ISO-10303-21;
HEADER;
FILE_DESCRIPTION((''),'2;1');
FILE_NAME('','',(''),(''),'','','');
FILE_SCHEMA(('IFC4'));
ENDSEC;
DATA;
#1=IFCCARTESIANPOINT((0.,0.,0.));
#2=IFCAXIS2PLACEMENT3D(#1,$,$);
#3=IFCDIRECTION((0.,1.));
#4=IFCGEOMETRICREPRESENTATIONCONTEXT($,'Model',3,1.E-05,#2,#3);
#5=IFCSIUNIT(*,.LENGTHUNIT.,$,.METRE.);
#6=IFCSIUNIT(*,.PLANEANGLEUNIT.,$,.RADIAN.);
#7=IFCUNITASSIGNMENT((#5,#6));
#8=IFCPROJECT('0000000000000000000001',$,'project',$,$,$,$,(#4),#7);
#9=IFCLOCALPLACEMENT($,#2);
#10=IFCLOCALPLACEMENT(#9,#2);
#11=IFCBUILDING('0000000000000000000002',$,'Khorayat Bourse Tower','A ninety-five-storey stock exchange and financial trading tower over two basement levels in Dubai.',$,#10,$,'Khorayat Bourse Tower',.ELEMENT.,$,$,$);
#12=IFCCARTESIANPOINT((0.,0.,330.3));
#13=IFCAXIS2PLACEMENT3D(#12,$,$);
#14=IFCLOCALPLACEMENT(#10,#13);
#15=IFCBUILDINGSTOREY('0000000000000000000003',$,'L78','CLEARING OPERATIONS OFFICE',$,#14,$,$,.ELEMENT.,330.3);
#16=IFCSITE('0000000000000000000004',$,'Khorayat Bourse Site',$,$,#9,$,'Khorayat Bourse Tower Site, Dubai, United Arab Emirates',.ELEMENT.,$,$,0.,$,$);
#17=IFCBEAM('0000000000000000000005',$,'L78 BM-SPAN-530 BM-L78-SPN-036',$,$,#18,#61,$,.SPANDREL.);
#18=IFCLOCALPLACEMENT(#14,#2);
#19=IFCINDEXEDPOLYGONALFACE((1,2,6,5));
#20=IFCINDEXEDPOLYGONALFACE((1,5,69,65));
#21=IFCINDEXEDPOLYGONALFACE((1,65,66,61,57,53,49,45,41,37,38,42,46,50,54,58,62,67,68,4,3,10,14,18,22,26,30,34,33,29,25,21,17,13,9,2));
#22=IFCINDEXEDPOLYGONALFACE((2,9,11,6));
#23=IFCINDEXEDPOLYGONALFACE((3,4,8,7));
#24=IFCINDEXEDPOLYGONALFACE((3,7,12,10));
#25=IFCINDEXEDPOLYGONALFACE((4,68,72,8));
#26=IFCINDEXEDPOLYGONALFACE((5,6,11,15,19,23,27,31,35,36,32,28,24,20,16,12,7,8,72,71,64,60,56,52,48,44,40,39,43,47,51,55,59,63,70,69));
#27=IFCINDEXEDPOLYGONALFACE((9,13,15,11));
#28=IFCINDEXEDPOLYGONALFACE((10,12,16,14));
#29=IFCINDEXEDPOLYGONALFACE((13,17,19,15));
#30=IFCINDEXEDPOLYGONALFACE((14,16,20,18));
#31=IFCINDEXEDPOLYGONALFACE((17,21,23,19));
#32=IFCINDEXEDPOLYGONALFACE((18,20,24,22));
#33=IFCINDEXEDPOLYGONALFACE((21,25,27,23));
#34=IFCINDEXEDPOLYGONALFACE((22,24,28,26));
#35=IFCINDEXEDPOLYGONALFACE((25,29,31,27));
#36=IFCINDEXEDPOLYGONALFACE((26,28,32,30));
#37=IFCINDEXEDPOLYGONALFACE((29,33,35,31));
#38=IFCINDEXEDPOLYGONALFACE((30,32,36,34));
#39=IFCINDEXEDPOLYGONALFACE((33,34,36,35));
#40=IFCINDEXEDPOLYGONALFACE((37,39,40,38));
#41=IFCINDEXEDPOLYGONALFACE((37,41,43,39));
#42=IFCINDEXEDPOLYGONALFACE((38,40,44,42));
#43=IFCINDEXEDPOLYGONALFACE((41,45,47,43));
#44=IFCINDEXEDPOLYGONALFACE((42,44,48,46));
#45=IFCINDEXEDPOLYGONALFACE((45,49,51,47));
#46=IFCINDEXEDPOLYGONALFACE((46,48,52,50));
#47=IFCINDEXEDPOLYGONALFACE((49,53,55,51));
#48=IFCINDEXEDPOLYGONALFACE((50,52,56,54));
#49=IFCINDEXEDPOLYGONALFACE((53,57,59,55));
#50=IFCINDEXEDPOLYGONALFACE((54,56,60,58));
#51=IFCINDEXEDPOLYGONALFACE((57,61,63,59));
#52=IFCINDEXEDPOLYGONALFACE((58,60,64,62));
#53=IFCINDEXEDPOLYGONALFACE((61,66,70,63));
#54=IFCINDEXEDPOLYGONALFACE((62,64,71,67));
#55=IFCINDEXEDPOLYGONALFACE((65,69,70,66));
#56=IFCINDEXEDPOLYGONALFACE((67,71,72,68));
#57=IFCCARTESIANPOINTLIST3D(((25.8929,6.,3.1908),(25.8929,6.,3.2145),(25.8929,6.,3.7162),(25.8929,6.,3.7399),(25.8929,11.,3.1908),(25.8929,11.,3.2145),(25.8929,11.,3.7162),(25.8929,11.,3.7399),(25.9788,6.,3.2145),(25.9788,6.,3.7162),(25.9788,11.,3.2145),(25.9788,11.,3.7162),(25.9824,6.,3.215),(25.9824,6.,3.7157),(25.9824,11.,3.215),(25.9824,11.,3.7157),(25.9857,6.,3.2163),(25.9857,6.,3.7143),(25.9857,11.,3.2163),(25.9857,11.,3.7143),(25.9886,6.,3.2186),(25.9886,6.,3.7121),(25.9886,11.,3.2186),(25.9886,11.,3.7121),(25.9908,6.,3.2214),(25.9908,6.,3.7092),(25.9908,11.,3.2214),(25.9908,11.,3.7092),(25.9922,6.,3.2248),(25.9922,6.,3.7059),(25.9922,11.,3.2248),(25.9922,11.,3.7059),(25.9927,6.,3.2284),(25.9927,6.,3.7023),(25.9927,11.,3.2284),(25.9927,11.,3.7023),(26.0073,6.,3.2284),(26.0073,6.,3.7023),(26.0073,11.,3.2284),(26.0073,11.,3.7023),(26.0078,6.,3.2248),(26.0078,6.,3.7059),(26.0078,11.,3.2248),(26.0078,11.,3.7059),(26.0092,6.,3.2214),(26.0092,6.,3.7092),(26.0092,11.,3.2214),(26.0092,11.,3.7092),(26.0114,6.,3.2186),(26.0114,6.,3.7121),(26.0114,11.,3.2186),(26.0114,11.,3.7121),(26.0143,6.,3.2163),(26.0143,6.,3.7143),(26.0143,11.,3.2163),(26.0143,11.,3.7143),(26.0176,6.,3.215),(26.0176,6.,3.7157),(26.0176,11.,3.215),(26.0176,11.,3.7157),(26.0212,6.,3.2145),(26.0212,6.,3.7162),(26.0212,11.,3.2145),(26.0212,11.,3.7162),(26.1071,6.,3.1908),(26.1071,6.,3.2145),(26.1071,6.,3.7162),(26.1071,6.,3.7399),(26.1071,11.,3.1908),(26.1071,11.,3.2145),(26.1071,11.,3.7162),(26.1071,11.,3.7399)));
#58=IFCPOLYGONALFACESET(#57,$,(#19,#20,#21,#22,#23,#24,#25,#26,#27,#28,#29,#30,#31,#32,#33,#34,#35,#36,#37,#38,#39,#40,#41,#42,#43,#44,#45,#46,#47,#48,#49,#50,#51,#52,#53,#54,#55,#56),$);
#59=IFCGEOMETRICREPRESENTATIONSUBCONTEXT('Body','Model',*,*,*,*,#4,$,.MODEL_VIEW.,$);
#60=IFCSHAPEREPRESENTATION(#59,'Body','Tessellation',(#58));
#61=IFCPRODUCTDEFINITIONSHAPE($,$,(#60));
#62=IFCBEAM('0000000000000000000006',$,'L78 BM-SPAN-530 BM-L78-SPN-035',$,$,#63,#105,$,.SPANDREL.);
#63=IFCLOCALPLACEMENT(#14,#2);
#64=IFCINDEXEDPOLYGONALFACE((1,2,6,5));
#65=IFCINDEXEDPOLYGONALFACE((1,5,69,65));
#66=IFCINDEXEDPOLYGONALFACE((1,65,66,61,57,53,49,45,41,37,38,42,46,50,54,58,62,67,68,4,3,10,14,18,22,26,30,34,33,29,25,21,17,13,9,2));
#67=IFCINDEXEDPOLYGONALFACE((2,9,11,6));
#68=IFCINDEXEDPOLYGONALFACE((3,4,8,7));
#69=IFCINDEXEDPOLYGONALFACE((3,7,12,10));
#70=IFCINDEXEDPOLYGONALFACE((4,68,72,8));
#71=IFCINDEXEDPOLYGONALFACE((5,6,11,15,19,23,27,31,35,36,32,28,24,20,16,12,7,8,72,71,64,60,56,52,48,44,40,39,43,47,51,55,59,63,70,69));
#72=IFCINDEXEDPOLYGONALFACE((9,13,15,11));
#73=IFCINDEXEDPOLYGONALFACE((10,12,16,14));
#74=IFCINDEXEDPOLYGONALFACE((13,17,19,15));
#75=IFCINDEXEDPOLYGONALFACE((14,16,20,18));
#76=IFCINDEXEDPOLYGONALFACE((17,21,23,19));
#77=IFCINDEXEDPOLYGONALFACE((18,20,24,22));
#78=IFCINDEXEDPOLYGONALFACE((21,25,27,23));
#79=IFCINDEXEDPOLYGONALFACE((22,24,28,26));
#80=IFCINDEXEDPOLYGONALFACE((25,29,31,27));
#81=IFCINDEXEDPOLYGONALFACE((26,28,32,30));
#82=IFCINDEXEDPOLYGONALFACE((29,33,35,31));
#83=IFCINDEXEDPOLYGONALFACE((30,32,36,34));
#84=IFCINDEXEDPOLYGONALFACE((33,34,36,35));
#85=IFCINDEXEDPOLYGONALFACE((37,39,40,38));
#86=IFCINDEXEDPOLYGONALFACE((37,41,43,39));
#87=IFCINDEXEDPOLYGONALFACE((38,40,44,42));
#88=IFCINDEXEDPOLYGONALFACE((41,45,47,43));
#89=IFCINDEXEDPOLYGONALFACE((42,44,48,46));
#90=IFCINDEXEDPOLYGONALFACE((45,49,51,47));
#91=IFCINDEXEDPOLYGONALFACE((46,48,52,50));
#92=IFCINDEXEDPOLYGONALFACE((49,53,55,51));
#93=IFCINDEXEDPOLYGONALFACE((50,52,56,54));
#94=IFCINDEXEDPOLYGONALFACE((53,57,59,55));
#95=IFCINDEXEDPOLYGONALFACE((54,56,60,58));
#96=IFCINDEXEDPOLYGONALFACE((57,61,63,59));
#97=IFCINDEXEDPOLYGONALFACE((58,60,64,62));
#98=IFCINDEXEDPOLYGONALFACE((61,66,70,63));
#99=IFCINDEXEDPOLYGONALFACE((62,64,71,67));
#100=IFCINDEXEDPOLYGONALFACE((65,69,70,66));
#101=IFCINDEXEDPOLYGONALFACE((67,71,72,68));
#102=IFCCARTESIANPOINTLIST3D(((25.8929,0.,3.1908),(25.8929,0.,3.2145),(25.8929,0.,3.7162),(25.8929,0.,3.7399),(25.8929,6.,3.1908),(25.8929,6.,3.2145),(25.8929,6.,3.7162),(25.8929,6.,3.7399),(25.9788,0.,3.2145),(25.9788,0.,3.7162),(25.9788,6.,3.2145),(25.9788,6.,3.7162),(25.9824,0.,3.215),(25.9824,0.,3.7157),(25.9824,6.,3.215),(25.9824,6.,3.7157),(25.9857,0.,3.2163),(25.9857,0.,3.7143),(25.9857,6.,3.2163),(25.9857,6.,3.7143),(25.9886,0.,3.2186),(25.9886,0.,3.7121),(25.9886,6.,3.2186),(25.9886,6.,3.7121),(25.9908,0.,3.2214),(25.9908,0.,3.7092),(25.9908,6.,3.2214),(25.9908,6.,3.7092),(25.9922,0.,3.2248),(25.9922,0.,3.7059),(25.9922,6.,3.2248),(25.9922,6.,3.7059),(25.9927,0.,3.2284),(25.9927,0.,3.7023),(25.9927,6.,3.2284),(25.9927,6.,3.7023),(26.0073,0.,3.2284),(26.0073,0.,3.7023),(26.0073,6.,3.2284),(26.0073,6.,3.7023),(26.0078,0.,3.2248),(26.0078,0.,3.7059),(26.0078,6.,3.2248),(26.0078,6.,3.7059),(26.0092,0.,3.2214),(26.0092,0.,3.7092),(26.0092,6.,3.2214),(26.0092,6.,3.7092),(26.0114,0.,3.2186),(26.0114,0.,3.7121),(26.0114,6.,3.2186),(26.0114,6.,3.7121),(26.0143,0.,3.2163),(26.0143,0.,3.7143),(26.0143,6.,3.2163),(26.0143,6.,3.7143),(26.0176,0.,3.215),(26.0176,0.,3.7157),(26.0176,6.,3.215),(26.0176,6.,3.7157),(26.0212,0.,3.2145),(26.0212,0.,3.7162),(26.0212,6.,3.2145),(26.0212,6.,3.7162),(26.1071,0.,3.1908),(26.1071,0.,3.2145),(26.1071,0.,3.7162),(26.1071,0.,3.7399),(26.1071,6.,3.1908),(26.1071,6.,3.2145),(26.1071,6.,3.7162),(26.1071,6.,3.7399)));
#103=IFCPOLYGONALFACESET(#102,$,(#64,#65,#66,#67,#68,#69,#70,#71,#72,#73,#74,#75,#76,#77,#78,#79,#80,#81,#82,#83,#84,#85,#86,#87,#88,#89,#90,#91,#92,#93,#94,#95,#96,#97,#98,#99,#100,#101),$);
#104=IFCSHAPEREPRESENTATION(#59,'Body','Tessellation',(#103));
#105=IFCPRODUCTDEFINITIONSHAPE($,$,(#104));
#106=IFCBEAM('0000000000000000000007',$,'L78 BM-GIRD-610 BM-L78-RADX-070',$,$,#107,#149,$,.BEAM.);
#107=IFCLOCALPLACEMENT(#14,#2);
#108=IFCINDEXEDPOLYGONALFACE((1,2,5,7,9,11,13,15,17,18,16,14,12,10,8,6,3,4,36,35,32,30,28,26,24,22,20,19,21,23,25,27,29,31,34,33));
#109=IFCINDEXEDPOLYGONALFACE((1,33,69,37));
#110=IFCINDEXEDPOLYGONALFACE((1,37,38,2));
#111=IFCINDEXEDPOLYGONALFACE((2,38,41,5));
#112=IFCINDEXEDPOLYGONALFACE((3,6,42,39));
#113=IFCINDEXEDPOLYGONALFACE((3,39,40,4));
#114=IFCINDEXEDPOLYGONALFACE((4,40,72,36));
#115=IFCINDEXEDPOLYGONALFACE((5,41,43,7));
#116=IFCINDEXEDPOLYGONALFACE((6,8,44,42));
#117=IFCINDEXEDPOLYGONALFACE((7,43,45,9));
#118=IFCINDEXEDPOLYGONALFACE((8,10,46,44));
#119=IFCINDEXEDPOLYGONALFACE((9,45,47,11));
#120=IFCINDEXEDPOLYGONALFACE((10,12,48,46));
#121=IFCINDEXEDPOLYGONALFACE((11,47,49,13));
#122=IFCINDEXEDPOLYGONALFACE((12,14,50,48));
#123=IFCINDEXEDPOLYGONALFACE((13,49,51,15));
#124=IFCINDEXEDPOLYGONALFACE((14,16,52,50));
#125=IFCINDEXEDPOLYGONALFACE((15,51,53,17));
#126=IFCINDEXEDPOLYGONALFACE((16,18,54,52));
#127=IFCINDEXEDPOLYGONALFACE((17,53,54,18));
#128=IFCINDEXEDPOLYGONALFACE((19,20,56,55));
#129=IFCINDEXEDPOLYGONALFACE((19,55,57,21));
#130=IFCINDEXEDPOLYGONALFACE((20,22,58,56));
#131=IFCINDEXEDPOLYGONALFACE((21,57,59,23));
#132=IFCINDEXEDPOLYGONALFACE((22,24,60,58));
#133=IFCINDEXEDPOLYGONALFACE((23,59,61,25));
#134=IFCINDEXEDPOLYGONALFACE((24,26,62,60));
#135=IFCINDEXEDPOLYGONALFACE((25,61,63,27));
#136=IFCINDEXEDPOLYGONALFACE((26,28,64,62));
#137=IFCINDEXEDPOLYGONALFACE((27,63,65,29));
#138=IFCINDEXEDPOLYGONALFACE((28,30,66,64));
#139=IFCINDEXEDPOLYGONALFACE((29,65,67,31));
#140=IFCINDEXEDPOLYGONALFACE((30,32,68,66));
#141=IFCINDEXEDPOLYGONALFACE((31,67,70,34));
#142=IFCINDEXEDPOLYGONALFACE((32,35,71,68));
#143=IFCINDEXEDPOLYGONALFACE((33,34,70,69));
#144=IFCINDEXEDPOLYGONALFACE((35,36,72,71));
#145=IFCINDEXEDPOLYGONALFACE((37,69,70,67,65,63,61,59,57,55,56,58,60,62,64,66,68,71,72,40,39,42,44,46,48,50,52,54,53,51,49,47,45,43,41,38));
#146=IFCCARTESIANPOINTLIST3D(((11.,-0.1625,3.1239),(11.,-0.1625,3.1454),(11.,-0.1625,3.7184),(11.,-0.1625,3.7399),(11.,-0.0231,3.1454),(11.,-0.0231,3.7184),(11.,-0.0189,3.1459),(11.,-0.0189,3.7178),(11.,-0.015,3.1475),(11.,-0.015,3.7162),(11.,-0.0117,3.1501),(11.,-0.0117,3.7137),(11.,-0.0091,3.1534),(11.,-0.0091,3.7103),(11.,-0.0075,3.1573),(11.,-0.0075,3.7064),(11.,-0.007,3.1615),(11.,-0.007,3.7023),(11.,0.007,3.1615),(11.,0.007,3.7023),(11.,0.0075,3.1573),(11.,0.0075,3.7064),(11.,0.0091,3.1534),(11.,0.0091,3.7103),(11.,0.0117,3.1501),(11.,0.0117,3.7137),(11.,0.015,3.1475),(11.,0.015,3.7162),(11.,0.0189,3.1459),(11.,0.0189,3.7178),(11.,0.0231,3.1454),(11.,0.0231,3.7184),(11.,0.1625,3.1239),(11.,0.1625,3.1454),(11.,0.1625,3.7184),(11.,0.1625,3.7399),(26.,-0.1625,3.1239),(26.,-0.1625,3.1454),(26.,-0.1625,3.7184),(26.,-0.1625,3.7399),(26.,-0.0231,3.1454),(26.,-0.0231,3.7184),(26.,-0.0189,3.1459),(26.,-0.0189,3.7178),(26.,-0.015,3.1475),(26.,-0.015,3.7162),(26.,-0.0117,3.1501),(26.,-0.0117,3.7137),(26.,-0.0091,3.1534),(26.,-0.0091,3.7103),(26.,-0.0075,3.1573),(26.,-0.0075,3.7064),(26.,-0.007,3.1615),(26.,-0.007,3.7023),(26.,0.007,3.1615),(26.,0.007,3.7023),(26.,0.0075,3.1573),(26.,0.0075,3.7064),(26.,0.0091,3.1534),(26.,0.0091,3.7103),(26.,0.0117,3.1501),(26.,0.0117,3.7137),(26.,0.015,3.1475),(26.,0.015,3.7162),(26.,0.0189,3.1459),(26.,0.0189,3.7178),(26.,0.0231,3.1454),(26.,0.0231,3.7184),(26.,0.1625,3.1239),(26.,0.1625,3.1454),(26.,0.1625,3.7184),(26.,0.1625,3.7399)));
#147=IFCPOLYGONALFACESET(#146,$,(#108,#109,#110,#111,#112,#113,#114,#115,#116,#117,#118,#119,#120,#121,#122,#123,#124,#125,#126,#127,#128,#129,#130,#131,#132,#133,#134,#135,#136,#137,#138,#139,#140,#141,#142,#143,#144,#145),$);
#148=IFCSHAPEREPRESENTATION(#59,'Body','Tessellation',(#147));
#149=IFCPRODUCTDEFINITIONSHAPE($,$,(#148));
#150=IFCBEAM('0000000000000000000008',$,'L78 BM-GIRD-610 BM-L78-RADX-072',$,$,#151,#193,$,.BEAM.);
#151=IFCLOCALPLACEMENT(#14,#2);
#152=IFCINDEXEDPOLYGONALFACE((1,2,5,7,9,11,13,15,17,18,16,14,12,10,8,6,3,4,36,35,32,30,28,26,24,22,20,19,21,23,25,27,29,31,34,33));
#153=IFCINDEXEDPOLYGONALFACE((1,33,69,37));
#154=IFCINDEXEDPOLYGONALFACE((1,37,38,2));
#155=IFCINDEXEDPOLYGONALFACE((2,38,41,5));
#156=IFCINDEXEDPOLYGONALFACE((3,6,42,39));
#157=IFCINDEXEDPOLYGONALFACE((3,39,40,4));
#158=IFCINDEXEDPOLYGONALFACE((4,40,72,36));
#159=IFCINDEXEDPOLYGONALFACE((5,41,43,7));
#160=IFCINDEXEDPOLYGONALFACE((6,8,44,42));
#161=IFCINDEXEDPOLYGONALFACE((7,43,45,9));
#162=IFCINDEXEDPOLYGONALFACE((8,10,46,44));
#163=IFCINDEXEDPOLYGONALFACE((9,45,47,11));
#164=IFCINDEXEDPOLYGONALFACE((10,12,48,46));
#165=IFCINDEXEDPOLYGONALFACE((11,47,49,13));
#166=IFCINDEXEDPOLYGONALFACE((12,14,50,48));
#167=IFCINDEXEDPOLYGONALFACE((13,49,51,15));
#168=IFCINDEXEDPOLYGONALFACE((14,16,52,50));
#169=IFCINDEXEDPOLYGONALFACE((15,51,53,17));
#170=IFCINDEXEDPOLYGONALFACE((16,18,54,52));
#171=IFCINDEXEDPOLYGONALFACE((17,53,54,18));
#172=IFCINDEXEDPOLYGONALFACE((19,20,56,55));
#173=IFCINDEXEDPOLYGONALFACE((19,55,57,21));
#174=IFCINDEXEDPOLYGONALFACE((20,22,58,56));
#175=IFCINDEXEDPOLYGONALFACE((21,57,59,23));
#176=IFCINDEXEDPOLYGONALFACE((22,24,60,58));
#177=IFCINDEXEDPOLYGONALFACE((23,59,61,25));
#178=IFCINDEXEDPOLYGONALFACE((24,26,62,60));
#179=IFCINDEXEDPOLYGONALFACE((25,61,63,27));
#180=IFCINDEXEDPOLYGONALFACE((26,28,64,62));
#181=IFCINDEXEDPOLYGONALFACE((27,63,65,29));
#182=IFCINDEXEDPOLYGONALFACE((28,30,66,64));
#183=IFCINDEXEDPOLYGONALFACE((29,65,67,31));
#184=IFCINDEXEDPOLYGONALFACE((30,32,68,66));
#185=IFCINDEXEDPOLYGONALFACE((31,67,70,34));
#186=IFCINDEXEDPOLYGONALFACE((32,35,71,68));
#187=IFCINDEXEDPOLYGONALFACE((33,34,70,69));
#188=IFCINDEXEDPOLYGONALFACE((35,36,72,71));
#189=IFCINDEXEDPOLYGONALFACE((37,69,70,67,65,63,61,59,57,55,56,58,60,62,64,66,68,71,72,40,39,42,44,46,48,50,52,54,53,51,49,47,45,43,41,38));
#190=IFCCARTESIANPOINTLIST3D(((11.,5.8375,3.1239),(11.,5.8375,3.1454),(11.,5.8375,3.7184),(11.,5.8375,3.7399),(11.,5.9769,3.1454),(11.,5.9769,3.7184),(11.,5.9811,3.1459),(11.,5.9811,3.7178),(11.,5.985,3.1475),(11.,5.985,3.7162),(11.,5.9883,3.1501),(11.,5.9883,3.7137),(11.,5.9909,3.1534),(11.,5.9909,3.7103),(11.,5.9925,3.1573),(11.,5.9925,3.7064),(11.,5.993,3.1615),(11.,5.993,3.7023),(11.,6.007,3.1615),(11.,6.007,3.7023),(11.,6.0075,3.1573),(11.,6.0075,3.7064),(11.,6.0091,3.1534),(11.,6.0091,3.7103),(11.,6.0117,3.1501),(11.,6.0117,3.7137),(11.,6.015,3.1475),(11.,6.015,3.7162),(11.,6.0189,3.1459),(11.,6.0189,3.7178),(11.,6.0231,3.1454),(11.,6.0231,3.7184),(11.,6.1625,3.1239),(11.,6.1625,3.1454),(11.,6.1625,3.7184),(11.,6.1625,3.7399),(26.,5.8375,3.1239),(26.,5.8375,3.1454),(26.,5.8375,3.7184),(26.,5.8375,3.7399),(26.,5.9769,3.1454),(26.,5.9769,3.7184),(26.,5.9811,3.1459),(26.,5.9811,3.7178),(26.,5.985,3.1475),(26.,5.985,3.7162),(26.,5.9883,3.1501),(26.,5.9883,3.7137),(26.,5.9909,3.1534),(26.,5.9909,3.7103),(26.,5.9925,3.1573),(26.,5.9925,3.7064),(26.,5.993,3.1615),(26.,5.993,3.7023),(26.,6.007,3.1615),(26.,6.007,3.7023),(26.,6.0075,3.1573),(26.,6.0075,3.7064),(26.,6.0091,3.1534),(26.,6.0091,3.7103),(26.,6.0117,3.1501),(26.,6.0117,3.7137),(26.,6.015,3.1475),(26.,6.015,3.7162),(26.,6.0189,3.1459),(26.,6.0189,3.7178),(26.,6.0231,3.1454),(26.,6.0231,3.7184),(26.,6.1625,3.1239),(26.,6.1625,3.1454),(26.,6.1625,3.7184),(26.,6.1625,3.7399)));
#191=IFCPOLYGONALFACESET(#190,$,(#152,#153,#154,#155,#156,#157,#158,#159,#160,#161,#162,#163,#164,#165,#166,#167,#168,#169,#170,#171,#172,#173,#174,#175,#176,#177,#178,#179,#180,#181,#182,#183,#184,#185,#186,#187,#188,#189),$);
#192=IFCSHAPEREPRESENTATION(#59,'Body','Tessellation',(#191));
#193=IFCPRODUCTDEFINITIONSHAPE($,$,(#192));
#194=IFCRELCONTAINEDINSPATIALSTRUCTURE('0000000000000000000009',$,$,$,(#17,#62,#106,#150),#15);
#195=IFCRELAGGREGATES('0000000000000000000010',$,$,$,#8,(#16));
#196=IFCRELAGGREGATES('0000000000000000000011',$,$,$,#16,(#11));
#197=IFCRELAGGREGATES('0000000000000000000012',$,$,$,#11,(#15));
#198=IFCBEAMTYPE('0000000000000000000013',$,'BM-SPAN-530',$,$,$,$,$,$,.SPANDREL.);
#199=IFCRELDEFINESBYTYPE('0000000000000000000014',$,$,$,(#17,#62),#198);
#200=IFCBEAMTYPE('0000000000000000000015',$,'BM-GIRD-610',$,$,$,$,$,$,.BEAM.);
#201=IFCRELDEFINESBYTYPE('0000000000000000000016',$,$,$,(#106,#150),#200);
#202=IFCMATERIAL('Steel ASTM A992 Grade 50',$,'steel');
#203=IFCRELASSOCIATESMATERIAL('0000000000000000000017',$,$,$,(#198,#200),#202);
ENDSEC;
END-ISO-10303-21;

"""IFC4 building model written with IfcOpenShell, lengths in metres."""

from ifc_helpers import new_model, si_unit, direction, frame, origin, origin_2d, place, context, subcontext, project, spatial, i_section, extrude, source, transform, mapped, material, material_profile, profile_set, type_object, element, save


model = new_model("IFC4")

# Units and contexts
model_context = context("Model", 3, precision=1e-05, world=origin(), true_north=direction((0.0, 1.0)))
body_context = subcontext(model_context, "Body", "Model", "MODEL_VIEW")
ifc_project = project(units=[si_unit("LENGTHUNIT", "METRE"), si_unit("PLANEANGLEUNIT", "RADIAN")], contexts=[model_context])

# Site, building, storey
site_placement = place(None, origin())
site = spatial("IfcSite", under=ifc_project, at=site_placement, Name="Khorayat Bourse Site", LongName="Khorayat Bourse Tower Site, Dubai, United Arab Emirates", CompositionType="ELEMENT", RefElevation=0.0)
building_placement = place(site_placement, origin())
building = spatial("IfcBuilding", under=site, at=building_placement, Name="Khorayat Bourse Tower", Description="A ninety-five-storey stock exchange and financial trading tower over two basement levels in Dubai.", LongName="Khorayat Bourse Tower", CompositionType="ELEMENT")
storey_placement = place(building_placement, frame((0.0, 0.0, 330.3)))
storey = spatial("IfcBuildingStorey", under=building, at=storey_placement, Name="L78", Description="CLEARING OPERATIONS OFFICE", CompositionType="ELEMENT", Elevation=330.3)

# Beams
ifc_material_1 = material(Name="Steel ASTM A992 Grade 50", Category="steel")
ifc_material_profile_1 = material_profile(ifc_material_1, i_section(OverallWidth=0.2141, OverallDepth=0.5491, WebThickness=0.0146, FlangeThickness=0.0237, FilletRadius=0.0139, at=origin_2d()), Name="W530X138")
ifc_profile_set_1 = profile_set([ifc_material_profile_1], Name="Steel ASTM A992 Grade 50")
beam_type_1 = type_object("IfcBeamType", Name="BM-SPAN-530", PredefinedType="SPANDREL", material=ifc_profile_set_1)
shared_shape_1 = source(origin(), body_context, "Body", "SweptSolid", [
    extrude(i_section(OverallWidth=0.2141, OverallDepth=0.5491, WebThickness=0.0146, FlangeThickness=0.0237, FilletRadius=0.0139, at=origin_2d()), origin(), (0.0, 0.0, 1.0), 5.0),
])
beam_1_placement = place(storey_placement, frame((26.0, 6.0, 3.4653), z_axis=(0.0, 1.0, 0.0), x_axis=(-1.0, 0.0, 0.0)))
element("IfcBeam", 1, at=beam_1_placement, inside=storey, type_object=beam_type_1, Name="L78 BM-SPAN-530 BM-L78-SPN-036", PredefinedType="SPANDREL", context=body_context, shape_type="MappedRepresentation", body=[
    mapped(shared_shape_1, transform((0.0, 0.0, 0.0), scale=1.0)),
])
shared_shape_2 = source(origin(), body_context, "Body", "SweptSolid", [
    extrude(i_section(OverallWidth=0.2141, OverallDepth=0.5491, WebThickness=0.0146, FlangeThickness=0.0237, FilletRadius=0.0139, at=origin_2d()), origin(), (0.0, 0.0, 1.0), 6.0),
])
beam_2_placement = place(storey_placement, frame((26.0, 0.0, 3.4653), z_axis=(0.0, 1.0, 0.0), x_axis=(-1.0, 0.0, 0.0)))
element("IfcBeam", 2, at=beam_2_placement, inside=storey, type_object=beam_type_1, Name="L78 BM-SPAN-530 BM-L78-SPN-035", PredefinedType="SPANDREL", context=body_context, shape_type="MappedRepresentation", body=[
    mapped(shared_shape_2, transform((0.0, 0.0, 0.0), scale=1.0)),
])
ifc_material_profile_2 = material_profile(ifc_material_1, i_section(OverallWidth=0.325, OverallDepth=0.616, WebThickness=0.0139, FlangeThickness=0.0215, FilletRadius=0.0161, at=origin_2d()), Name="W610X174")
ifc_profile_set_2 = profile_set([ifc_material_profile_2], Name="Steel ASTM A992 Grade 50")
beam_type_2 = type_object("IfcBeamType", Name="BM-GIRD-610", PredefinedType="BEAM", material=ifc_profile_set_2)
shared_shape_3 = source(origin(), body_context, "Body", "SweptSolid", [
    extrude(i_section(OverallWidth=0.325, OverallDepth=0.616, WebThickness=0.0139, FlangeThickness=0.0215, FilletRadius=0.0161, at=origin_2d()), origin(), (0.0, 0.0, 1.0), 15.0),
])
for number, where, z_axis, x_axis, name in (
    (3, (11.0, 0.0, 3.4319), (1.0, 0.0, 0.0), (0.0, 1.0, 0.0), "L78 BM-GIRD-610 BM-L78-RADX-070"),
    (4, (11.0, 6.0, 3.4319), (1.0, 0.0, 0.0), (0.0, 1.0, 0.0), "L78 BM-GIRD-610 BM-L78-RADX-072"),
):
    element("IfcBeam", number, at=place(storey_placement, frame(where, z_axis=z_axis, x_axis=x_axis)), inside=storey, type_object=beam_type_2, Name=name, PredefinedType="BEAM", context=body_context, shape_type="MappedRepresentation", body=[
        mapped(shared_shape_3, transform((0.0, 0.0, 0.0), scale=1.0)),
    ])

save(model, "model.ifc")
